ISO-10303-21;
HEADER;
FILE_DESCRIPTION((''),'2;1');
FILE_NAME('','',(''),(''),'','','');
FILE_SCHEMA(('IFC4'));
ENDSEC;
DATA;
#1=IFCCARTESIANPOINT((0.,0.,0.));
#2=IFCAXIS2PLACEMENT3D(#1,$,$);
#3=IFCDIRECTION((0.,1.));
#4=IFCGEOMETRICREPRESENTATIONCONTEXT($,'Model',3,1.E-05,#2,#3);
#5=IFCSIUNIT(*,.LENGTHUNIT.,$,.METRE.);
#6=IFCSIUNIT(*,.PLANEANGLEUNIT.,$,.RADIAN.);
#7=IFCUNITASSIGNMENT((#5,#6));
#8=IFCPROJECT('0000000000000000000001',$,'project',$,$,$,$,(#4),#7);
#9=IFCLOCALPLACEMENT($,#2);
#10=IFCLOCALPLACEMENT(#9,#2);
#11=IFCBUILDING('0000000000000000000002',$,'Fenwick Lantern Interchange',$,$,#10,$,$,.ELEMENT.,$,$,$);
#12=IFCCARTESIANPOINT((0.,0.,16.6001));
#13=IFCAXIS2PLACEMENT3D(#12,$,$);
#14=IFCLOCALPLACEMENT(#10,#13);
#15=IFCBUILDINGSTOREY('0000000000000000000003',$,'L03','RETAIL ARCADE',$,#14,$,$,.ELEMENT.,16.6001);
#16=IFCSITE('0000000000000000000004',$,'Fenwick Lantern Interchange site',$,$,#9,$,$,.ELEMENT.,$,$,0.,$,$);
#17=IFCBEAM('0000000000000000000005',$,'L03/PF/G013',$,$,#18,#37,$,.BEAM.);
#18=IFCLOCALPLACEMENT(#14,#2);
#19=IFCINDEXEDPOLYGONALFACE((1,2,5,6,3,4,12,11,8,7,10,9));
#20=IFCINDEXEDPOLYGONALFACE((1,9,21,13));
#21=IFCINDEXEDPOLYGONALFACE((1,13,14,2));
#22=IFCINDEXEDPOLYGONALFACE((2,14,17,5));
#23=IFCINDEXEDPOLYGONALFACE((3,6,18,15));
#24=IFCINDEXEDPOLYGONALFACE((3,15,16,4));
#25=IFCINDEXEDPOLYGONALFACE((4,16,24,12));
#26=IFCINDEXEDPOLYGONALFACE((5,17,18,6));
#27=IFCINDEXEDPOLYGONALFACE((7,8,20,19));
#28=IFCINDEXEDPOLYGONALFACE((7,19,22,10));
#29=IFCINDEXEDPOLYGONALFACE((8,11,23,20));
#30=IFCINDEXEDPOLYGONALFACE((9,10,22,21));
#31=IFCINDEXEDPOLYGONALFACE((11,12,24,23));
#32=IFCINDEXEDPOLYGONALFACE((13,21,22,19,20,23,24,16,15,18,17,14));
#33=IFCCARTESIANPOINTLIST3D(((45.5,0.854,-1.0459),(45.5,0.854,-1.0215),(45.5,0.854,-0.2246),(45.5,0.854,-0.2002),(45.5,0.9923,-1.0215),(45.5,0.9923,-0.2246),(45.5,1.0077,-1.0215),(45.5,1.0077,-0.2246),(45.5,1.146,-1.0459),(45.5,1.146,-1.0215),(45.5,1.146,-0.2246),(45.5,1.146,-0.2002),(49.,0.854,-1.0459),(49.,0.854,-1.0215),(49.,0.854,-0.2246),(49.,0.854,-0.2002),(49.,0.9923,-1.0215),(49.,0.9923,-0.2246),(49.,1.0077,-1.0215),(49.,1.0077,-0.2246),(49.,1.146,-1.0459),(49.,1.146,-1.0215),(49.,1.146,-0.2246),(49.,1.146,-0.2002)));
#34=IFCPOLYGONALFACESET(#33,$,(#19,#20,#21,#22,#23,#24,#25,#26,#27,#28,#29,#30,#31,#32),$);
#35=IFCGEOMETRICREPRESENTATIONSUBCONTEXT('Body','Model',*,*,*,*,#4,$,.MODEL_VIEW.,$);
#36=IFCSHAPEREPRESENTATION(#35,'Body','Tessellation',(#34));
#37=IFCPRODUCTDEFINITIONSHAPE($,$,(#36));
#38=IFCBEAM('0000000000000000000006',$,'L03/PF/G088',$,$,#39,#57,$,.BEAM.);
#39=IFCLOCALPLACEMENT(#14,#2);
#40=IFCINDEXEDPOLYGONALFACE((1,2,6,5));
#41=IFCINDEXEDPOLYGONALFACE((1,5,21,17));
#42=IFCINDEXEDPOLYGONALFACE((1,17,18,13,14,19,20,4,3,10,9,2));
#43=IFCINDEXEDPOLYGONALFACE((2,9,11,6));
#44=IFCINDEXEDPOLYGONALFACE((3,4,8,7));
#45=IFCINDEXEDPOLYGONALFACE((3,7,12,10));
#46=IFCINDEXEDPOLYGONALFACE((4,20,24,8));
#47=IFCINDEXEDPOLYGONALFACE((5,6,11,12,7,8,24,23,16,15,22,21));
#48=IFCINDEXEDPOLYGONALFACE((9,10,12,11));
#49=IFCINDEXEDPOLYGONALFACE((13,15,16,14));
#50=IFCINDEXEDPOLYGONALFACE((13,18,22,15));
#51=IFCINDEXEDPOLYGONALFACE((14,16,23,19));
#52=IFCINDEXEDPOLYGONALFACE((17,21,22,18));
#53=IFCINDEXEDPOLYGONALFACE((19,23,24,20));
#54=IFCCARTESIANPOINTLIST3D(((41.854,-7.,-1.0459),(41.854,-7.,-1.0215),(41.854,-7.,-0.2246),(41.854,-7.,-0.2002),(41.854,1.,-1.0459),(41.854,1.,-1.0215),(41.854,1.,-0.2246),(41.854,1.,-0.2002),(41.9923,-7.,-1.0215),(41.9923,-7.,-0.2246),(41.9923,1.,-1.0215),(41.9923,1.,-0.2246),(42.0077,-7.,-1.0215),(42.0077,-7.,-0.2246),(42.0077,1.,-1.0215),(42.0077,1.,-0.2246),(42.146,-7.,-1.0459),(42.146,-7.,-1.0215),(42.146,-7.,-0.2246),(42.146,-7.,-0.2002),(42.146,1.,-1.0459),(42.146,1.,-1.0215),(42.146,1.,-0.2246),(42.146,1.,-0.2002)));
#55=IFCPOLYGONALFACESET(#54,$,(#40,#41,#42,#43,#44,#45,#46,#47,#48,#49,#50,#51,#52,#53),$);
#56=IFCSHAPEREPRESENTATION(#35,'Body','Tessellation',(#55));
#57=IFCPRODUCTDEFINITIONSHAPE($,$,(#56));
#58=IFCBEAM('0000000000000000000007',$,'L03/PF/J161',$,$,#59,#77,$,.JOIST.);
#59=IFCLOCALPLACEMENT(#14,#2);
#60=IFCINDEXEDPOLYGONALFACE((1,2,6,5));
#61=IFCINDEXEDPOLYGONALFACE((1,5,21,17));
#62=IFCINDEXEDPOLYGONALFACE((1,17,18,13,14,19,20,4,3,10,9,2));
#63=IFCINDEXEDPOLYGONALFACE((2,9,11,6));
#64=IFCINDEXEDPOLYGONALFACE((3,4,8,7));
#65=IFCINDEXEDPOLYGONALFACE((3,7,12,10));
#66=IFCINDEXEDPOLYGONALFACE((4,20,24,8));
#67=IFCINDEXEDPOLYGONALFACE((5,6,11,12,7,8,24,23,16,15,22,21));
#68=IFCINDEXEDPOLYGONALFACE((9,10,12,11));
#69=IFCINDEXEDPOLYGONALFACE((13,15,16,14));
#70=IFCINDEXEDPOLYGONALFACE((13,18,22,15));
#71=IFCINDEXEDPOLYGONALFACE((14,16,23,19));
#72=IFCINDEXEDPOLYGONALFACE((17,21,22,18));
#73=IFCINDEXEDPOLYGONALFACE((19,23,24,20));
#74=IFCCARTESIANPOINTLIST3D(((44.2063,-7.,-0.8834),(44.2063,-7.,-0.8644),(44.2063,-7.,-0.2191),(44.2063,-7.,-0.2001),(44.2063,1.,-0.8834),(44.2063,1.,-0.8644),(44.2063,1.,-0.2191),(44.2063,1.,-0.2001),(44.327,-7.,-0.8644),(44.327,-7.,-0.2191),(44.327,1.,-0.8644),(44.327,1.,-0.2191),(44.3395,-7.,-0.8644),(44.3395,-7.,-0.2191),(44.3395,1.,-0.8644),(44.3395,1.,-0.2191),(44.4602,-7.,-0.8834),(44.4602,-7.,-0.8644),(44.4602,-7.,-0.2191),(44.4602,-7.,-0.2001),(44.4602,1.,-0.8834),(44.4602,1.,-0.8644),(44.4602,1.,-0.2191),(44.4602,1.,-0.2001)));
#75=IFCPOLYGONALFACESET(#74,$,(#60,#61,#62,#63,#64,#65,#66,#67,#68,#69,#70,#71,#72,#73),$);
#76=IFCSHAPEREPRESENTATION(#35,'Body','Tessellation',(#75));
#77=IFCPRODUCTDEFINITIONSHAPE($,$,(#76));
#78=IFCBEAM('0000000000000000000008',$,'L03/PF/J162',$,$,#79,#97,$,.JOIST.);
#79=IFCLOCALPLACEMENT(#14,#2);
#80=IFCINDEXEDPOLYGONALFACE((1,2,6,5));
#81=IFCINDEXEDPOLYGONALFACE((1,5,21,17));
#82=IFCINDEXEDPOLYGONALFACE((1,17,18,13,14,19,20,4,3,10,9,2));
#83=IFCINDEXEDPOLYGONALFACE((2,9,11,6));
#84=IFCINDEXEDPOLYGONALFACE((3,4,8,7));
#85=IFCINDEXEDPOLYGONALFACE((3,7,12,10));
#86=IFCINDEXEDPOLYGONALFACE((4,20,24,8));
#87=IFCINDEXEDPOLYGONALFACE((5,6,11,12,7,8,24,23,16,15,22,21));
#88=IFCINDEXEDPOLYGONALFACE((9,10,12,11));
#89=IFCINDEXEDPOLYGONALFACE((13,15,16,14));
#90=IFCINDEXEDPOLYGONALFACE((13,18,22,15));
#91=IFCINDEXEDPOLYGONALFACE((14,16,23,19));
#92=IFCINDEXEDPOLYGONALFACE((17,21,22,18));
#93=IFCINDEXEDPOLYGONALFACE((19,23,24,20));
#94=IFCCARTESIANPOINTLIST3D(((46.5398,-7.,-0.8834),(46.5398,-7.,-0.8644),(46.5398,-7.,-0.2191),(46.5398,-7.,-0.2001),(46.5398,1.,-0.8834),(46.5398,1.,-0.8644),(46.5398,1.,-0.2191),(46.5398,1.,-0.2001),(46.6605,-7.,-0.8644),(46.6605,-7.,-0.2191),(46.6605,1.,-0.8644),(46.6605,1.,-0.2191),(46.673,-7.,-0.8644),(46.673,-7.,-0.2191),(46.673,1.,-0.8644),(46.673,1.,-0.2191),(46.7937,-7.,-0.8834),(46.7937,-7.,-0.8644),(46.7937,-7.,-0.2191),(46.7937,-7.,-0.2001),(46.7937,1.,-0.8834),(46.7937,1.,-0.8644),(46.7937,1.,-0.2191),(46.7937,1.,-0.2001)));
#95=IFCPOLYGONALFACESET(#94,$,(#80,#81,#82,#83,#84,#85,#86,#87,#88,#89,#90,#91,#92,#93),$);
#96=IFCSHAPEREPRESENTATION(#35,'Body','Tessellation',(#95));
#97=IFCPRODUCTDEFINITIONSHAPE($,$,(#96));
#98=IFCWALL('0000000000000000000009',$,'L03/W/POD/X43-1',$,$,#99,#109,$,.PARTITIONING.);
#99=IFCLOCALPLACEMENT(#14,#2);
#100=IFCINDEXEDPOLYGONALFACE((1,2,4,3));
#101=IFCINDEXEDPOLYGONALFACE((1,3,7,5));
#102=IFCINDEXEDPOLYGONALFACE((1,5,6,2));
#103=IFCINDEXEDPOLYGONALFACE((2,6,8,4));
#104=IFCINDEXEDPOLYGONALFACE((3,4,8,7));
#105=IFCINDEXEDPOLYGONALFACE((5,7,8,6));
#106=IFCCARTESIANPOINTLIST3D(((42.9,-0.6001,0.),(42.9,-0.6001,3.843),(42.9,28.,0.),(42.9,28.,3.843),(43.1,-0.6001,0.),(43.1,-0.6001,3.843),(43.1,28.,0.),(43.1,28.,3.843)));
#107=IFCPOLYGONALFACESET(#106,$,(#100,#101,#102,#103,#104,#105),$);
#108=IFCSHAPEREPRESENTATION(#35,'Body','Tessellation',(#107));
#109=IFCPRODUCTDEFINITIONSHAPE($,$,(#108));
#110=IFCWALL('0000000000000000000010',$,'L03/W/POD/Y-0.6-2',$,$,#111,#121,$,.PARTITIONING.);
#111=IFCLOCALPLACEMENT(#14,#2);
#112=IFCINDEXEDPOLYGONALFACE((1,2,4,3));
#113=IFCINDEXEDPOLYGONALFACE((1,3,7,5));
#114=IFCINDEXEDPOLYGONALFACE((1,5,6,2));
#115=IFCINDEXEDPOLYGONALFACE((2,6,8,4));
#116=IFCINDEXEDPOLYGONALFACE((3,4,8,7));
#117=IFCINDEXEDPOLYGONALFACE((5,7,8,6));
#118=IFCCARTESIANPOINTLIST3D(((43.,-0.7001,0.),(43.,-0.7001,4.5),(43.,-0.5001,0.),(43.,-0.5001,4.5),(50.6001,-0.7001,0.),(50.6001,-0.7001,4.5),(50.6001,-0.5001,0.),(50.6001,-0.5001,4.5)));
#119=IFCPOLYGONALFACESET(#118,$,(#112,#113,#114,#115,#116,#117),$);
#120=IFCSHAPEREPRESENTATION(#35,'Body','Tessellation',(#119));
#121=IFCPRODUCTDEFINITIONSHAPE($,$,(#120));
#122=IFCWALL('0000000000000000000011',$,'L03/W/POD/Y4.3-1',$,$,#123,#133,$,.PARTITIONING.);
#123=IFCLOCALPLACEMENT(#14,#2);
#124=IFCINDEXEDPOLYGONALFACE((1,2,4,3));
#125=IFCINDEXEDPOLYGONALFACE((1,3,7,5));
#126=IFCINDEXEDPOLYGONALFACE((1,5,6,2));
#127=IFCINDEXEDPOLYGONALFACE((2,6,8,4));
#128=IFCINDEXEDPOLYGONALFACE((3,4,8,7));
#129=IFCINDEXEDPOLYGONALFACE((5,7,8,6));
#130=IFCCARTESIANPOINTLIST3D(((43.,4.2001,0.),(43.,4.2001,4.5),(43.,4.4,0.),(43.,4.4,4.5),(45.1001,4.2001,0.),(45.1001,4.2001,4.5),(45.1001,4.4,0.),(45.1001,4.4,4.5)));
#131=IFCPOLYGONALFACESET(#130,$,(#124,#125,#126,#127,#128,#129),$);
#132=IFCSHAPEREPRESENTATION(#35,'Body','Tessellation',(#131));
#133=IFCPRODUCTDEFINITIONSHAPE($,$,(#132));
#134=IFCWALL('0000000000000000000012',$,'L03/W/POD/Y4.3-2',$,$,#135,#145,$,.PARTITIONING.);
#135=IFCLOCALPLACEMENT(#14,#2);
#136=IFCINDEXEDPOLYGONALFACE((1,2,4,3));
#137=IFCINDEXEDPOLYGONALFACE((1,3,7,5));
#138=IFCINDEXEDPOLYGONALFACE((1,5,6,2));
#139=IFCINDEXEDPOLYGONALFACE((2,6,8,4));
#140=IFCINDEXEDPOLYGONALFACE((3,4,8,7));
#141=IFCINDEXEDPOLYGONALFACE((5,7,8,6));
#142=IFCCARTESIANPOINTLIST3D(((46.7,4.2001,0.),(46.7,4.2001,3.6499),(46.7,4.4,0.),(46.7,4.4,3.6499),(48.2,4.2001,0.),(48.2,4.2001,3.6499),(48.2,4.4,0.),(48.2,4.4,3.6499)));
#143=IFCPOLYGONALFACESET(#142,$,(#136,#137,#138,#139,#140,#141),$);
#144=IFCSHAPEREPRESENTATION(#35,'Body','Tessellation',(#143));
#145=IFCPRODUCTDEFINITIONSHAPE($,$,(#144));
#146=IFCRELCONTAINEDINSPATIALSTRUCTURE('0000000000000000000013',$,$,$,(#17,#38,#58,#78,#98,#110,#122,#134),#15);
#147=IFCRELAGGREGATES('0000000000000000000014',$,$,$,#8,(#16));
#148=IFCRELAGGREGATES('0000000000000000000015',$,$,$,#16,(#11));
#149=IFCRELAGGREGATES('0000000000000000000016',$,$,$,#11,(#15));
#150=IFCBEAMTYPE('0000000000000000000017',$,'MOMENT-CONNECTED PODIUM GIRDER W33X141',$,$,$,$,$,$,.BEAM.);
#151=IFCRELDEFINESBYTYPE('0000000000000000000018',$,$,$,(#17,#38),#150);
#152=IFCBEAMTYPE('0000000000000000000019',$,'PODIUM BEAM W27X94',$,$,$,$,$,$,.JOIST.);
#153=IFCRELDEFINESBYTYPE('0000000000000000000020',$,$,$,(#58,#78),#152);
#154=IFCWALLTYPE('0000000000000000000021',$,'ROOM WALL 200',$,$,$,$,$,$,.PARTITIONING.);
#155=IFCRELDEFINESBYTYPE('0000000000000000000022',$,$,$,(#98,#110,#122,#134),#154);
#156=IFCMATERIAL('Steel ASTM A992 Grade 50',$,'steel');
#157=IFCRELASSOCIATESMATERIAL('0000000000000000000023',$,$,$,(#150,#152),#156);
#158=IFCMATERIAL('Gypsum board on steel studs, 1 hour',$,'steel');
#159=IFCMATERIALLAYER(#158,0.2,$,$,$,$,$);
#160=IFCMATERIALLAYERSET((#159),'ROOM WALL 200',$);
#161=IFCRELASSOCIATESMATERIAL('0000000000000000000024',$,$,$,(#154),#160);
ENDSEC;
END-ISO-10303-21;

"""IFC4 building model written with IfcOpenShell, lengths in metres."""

from ifc_helpers import new_model, si_unit, direction, frame, frame_2d, origin, origin_2d, place, context, subcontext, project, spatial, rectangle, i_section, extrude, material, layer, layer_set, material_profile, profile_set, type_object, element, save


model = new_model("IFC4")

# Units and contexts
model_context = context("Model", 3, precision=1e-05, world=origin(), true_north=direction((0.0, 1.0)))
body_context = subcontext(model_context, "Body", "Model", "MODEL_VIEW")
ifc_project = project(units=[si_unit("LENGTHUNIT", "METRE"), si_unit("PLANEANGLEUNIT", "RADIAN")], contexts=[model_context])

# Site, building, storey
site_placement = place(None, origin())
site = spatial("IfcSite", under=ifc_project, at=site_placement, Name="Fenwick Lantern Interchange site", CompositionType="ELEMENT", RefElevation=0.0)
building_placement = place(site_placement, origin())
building = spatial("IfcBuilding", under=site, at=building_placement, Name="Fenwick Lantern Interchange", CompositionType="ELEMENT")
storey_placement = place(building_placement, frame((0.0, 0.0, 16.6001)))
storey = spatial("IfcBuildingStorey", under=building, at=storey_placement, Name="L03", Description="RETAIL ARCADE", CompositionType="ELEMENT", Elevation=16.6001)

# Shared definitions
ifc_material_1 = material(Name="Steel ASTM A992 Grade 50", Category="steel")

# Beams
ifc_material_profile_1 = material_profile(ifc_material_1, i_section(OverallWidth=0.292, OverallDepth=0.8457, WebThickness=0.0154, FlangeThickness=0.0244, at=origin_2d()), Name="W33X141")
ifc_profile_set_1 = profile_set([ifc_material_profile_1], Name="Steel ASTM A992 Grade 50")
beam_type_1 = type_object("IfcBeamType", Name="MOMENT-CONNECTED PODIUM GIRDER W33X141", PredefinedType="BEAM", material=ifc_profile_set_1)
beam_1_placement = place(storey_placement, frame((45.5, 1.0, -0.623), z_axis=(1.0, 0.0, 0.0), x_axis=(0.0, 1.0, 0.0)))
element("IfcBeam", 1, at=beam_1_placement, inside=storey, type_object=beam_type_1, Name="L03/PF/G013", PredefinedType="BEAM", context=body_context, shape_type="SweptSolid", body=[
    extrude(i_section(OverallWidth=0.292, OverallDepth=0.8457, WebThickness=0.0154, FlangeThickness=0.0244, at=origin_2d()), origin(), (0.0, 0.0, 1.0), 3.5),
])
beam_2_placement = place(storey_placement, frame((42.0, -7.0, -0.623), z_axis=(0.0, 1.0, 0.0), x_axis=(-1.0, 0.0, 0.0)))
element("IfcBeam", 2, at=beam_2_placement, inside=storey, type_object=beam_type_1, Name="L03/PF/G088", PredefinedType="BEAM", context=body_context, shape_type="SweptSolid", body=[
    extrude(i_section(OverallWidth=0.292, OverallDepth=0.8457, WebThickness=0.0154, FlangeThickness=0.0244, at=origin_2d()), origin(), (0.0, 0.0, 1.0), 8.0),
])
ifc_material_profile_2 = material_profile(ifc_material_1, i_section(OverallWidth=0.2539, OverallDepth=0.6833, WebThickness=0.0125, FlangeThickness=0.019, at=origin_2d()), Name="W27X94")
ifc_profile_set_2 = profile_set([ifc_material_profile_2], Name="Steel ASTM A992 Grade 50")
beam_type_2 = type_object("IfcBeamType", Name="PODIUM BEAM W27X94", PredefinedType="JOIST", material=ifc_profile_set_2)
for number, where, z_axis, x_axis, name in (
    (3, (44.3333, -7.0, -0.5417), (0.0, 1.0, 0.0), (-1.0, 0.0, 0.0), "L03/PF/J161"),
    (4, (46.6667, -7.0, -0.5417), (0.0, 1.0, 0.0), (-1.0, 0.0, 0.0), "L03/PF/J162"),
):
    element("IfcBeam", number, at=place(storey_placement, frame(where, z_axis=z_axis, x_axis=x_axis)), inside=storey, type_object=beam_type_2, Name=name, PredefinedType="JOIST", context=body_context, shape_type="SweptSolid", body=[
        extrude(i_section(OverallWidth=0.2539, OverallDepth=0.6833, WebThickness=0.0125, FlangeThickness=0.019, at=origin_2d()), origin(), (0.0, 0.0, 1.0), 8.0),
    ])

# Walls
ifc_material_2 = material(Name="Gypsum board on steel studs, 1 hour", Category="steel")
ifc_layer = layer(ifc_material_2, 0.2)
ifc_layer_set = layer_set([ifc_layer], Name="ROOM WALL 200")
wall_type = type_object("IfcWallType", Name="ROOM WALL 200", PredefinedType="PARTITIONING", material=ifc_layer_set)
wall_1_placement = place(storey_placement, frame((43.0, -0.6001, 0.0), z_axis=(0.0, 0.0, 1.0), x_axis=(0.0, 1.0, 0.0)))
element("IfcWall", 5, at=wall_1_placement, inside=storey, type_object=wall_type, Name="L03/W/POD/X43-1", PredefinedType="PARTITIONING", context=body_context, shape_type="SweptSolid", body=[
    extrude(rectangle(XDim=28.6001, YDim=0.2, at=frame_2d((14.3, 0.0))), origin(), (0.0, 0.0, 1.0), 3.843),
])
wall_2_placement = place(storey_placement, frame((43.0, -0.6001, 0.0), z_axis=(0.0, 0.0, 1.0), x_axis=(1.0, 0.0, 0.0)))
element("IfcWall", 6, at=wall_2_placement, inside=storey, type_object=wall_type, Name="L03/W/POD/Y-0.6-2", PredefinedType="PARTITIONING", context=body_context, shape_type="SweptSolid", body=[
    extrude(rectangle(XDim=7.6001, YDim=0.2, at=frame_2d((3.8, 0.0))), origin(), (0.0, 0.0, 1.0), 4.5),
])
wall_3_placement = place(storey_placement, frame((43.0, 4.3, 0.0), z_axis=(0.0, 0.0, 1.0), x_axis=(1.0, 0.0, 0.0)))
element("IfcWall", 7, at=wall_3_placement, inside=storey, type_object=wall_type, Name="L03/W/POD/Y4.3-1", PredefinedType="PARTITIONING", context=body_context, shape_type="SweptSolid", body=[
    extrude(rectangle(XDim=2.1001, YDim=0.2, at=frame_2d((1.05, 0.0))), origin(), (0.0, 0.0, 1.0), 4.5),
])
wall_4_placement = place(storey_placement, frame((46.7, 4.3, 0.0), z_axis=(0.0, 0.0, 1.0), x_axis=(1.0, 0.0, 0.0)))
element("IfcWall", 8, at=wall_4_placement, inside=storey, type_object=wall_type, Name="L03/W/POD/Y4.3-2", PredefinedType="PARTITIONING", context=body_context, shape_type="SweptSolid", body=[
    extrude(rectangle(XDim=1.5, YDim=0.2, at=frame_2d((0.75, 0.0))), origin(), (0.0, 0.0, 1.0), 3.6499),
])

save(model, "model.ifc")
